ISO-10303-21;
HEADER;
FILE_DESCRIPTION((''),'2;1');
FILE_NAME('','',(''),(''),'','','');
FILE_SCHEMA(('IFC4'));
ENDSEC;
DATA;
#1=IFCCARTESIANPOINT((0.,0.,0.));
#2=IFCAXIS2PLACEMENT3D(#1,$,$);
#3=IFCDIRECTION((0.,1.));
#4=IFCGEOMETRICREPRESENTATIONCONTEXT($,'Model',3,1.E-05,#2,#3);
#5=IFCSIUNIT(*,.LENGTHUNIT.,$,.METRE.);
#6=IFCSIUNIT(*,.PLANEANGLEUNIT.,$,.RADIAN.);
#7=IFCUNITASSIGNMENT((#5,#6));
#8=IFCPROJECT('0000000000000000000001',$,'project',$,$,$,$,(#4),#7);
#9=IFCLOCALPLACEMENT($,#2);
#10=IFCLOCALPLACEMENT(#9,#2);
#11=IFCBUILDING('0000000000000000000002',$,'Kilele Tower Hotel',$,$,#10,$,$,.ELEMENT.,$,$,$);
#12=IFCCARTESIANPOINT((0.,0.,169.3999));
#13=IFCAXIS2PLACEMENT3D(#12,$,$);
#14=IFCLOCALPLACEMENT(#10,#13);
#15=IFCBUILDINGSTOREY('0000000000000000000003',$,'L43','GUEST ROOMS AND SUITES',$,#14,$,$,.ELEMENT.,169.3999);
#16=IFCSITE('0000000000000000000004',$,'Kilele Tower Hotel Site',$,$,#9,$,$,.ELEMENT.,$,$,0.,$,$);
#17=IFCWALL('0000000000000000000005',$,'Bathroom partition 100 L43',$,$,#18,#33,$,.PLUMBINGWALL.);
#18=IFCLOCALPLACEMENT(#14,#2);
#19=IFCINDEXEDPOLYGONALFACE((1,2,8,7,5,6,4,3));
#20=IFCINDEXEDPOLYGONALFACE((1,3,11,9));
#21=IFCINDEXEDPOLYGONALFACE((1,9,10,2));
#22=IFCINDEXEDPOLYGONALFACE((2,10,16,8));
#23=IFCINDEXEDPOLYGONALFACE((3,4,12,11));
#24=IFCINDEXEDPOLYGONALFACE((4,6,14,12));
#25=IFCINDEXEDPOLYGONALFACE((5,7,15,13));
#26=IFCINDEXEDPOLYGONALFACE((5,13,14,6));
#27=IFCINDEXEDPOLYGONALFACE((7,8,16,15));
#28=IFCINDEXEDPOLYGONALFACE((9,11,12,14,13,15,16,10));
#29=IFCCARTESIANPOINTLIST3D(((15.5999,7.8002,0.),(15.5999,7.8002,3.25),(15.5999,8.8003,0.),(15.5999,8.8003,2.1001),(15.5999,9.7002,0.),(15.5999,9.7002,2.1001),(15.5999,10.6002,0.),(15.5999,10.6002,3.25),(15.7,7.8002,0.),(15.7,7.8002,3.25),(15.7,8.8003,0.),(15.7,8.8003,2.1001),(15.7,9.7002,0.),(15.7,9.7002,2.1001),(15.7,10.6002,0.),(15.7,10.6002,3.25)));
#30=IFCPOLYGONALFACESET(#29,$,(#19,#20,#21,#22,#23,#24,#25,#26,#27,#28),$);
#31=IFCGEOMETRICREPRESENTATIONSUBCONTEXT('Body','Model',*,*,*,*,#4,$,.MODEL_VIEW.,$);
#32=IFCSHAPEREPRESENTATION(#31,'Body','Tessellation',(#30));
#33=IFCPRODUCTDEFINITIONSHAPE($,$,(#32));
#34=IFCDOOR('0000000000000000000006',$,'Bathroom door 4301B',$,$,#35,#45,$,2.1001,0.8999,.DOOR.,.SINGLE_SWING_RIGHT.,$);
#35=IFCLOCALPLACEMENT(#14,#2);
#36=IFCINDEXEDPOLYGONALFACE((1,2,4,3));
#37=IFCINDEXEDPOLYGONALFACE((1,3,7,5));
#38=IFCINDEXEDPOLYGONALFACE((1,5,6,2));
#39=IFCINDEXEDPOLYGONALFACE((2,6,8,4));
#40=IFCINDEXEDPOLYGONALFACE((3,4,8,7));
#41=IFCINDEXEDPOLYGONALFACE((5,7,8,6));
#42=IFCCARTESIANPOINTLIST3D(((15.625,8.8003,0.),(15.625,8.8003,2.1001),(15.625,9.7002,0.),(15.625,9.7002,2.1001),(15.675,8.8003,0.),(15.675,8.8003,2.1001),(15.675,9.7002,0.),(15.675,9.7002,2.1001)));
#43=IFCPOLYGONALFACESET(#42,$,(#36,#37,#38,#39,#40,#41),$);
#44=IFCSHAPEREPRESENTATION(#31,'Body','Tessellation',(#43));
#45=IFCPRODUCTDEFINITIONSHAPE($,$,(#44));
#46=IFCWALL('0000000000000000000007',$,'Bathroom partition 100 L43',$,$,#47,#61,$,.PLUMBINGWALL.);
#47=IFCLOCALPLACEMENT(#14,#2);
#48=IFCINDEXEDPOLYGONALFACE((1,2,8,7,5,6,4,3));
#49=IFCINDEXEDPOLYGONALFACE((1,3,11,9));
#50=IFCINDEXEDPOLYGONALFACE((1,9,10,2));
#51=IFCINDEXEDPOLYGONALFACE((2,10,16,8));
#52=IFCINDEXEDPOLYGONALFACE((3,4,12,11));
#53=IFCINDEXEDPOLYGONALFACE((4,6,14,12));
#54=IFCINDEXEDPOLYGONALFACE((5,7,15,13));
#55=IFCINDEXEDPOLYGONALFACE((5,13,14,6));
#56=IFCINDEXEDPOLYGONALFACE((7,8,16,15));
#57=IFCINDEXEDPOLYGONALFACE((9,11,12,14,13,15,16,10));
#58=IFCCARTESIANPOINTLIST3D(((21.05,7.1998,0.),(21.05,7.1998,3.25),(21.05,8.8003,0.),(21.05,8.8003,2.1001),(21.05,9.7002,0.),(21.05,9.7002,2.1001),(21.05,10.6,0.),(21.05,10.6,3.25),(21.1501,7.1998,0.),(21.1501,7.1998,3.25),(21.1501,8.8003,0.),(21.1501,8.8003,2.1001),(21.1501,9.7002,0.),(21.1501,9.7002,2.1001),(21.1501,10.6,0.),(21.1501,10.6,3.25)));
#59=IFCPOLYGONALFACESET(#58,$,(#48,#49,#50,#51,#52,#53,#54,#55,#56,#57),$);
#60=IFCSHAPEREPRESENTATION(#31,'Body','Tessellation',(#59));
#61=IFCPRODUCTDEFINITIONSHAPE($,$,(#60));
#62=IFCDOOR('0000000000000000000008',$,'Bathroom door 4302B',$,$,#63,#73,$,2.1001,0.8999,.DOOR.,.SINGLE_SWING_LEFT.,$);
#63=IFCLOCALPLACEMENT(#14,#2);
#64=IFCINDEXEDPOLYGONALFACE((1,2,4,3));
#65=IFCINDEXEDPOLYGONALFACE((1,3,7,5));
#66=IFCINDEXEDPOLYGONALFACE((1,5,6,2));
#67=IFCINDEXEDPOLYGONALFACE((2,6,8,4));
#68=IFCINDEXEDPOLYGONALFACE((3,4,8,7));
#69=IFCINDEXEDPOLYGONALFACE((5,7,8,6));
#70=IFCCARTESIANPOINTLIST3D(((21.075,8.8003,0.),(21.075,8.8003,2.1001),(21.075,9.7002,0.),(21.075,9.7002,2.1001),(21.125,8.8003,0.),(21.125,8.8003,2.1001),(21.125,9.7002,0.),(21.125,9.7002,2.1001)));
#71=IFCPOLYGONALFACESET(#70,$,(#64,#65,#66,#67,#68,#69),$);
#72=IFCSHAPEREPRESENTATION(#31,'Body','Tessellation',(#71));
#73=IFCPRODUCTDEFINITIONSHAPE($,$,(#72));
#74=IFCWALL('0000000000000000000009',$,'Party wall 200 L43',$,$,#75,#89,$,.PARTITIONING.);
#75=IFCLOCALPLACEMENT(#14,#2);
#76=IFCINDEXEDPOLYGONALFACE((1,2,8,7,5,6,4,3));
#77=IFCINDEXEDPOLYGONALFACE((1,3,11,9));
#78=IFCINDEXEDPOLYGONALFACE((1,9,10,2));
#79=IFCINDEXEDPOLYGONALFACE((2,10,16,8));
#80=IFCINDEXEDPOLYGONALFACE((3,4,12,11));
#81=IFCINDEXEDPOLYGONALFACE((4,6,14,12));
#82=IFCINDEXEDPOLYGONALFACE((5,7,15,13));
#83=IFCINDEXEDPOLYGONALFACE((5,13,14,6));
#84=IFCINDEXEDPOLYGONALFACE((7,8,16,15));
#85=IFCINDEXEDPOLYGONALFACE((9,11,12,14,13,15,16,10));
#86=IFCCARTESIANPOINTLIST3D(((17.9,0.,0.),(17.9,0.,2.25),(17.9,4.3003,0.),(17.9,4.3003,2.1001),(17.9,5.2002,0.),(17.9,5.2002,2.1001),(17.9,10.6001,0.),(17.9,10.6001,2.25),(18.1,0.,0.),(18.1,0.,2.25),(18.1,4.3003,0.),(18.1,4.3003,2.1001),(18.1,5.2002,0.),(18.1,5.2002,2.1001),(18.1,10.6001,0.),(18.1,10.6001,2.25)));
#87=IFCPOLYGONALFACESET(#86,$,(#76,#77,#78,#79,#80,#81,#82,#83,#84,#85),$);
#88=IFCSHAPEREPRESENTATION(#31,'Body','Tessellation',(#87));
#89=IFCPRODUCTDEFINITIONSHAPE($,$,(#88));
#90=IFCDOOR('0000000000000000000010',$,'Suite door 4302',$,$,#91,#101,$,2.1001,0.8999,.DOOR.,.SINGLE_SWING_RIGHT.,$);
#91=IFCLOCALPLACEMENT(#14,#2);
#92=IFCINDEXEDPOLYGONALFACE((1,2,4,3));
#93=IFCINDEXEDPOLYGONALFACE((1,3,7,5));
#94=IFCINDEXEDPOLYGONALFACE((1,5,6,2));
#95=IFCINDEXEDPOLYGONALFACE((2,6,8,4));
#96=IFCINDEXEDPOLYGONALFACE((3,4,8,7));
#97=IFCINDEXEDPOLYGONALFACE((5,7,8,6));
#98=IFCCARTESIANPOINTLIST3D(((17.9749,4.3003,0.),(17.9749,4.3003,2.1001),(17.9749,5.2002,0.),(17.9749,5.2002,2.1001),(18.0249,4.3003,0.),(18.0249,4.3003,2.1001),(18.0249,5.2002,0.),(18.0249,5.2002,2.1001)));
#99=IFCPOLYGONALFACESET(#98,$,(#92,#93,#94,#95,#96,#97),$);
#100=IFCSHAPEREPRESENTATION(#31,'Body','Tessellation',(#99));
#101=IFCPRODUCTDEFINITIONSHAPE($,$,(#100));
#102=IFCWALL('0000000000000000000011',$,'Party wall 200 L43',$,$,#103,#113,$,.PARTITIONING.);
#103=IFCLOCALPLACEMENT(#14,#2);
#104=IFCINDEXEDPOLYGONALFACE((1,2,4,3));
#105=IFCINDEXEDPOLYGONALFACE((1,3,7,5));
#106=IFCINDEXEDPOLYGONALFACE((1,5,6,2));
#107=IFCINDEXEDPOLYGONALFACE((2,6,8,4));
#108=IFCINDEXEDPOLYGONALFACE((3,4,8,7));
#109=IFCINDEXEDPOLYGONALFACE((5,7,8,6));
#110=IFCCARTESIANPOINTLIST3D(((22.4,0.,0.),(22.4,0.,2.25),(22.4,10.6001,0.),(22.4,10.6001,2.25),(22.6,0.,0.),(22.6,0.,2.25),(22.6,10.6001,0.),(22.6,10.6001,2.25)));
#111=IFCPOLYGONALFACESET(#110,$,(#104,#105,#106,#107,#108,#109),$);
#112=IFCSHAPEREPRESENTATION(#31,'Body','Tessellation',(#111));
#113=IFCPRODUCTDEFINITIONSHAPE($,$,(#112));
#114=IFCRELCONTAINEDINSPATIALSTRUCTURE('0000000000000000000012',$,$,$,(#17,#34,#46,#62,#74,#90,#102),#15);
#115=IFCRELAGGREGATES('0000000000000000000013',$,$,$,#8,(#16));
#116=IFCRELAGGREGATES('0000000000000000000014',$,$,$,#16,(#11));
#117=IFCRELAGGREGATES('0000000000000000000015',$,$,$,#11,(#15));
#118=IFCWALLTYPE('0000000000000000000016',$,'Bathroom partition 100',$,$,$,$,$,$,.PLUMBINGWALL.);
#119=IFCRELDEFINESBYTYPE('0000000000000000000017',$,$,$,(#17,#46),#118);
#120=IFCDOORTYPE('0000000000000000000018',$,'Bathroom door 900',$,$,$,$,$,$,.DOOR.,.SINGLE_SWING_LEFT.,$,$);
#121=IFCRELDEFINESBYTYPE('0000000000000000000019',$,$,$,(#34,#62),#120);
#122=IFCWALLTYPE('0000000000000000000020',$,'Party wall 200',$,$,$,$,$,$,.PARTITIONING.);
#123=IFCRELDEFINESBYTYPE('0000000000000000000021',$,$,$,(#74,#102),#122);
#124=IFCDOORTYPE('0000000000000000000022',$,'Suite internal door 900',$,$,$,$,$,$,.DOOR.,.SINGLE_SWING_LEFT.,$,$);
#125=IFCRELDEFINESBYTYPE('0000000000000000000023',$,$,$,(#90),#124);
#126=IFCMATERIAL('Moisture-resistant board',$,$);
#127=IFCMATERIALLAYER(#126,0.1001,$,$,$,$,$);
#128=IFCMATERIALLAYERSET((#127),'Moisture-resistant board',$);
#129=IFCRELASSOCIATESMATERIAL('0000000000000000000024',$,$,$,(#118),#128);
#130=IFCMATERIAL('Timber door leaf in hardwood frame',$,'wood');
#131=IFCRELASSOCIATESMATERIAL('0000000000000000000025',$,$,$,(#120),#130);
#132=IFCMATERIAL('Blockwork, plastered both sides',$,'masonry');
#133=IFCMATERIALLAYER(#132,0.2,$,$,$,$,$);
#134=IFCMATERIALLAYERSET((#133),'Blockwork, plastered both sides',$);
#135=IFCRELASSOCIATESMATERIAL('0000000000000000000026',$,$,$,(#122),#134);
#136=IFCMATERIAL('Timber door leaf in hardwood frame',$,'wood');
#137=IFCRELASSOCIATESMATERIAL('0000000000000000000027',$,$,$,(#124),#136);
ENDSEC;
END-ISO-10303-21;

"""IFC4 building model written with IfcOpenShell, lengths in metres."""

from ifc_helpers import new_model, si_unit, direction, frame, frame_2d, origin, place, context, subcontext, project, spatial, rectangle, extrude, material, layer, layer_set, type_object, element, fill, save


model = new_model("IFC4")

# Units and contexts
model_context = context("Model", 3, precision=1e-05, world=origin(), true_north=direction((0.0, 1.0)))
body_context = subcontext(model_context, "Body", "Model", "MODEL_VIEW")
ifc_project = project(units=[si_unit("LENGTHUNIT", "METRE"), si_unit("PLANEANGLEUNIT", "RADIAN")], contexts=[model_context])

# Site, building, storey
site_placement = place(None, origin())
site = spatial("IfcSite", under=ifc_project, at=site_placement, Name="Kilele Tower Hotel Site", CompositionType="ELEMENT", RefElevation=0.0)
building_placement = place(site_placement, origin())
building = spatial("IfcBuilding", under=site, at=building_placement, Name="Kilele Tower Hotel", CompositionType="ELEMENT")
storey_placement = place(building_placement, frame((0.0, 0.0, 169.3999)))
storey = spatial("IfcBuildingStorey", under=building, at=storey_placement, Name="L43", Description="GUEST ROOMS AND SUITES", CompositionType="ELEMENT", Elevation=169.3999)

# Walls, openings, doors
ifc_material_1 = material(Name="Moisture-resistant board")
ifc_layer_1 = layer(ifc_material_1, 0.1001)
ifc_layer_set_1 = layer_set([ifc_layer_1], Name="Moisture-resistant board")
wall_type_1 = type_object("IfcWallType", Name="Bathroom partition 100", PredefinedType="PLUMBINGWALL", material=ifc_layer_set_1)
wall_1_placement = place(storey_placement, frame((15.6499, 10.6001, 0.0), z_axis=(0.0, 0.0, 1.0), x_axis=(0.0, -1.0, 0.0)))
wall_1 = element("IfcWall", 1, at=wall_1_placement, inside=storey, type_object=wall_type_1, Name="Bathroom partition 100 L43", PredefinedType="PLUMBINGWALL", context=body_context, shape_type="SweptSolid", body=[
    extrude(rectangle(XDim=2.8, YDim=0.1001, at=frame_2d((1.3999, 0.0))), origin(), (0.0, 0.0, 1.0), 3.25),
])
opening_1_placement = place(wall_1_placement, frame((1.7998, 0.0, 0.0), z_axis=(0.0, 0.0, 1.0), x_axis=(-1.0, 0.0, 0.0)))
opening_1 = element("IfcOpeningElement", 2, at=opening_1_placement, cuts=wall_1, PredefinedType="OPENING", context=body_context, shape_type="SweptSolid", body=[
    extrude(rectangle(XDim=0.8999, YDim=2.1001, at=frame_2d((0.45, 1.05))), frame((0.0, 0.0601, 0.0), z_axis=(0.0, -1.0, 0.0), x_axis=(1.0, 0.0, 0.0)), (0.0, 0.0, 1.0), 0.1201),
])
ifc_material_2 = material(Name="Timber door leaf in hardwood frame", Category="wood")
door_type_1 = type_object("IfcDoorType", Name="Bathroom door 900", OperationType="SINGLE_SWING_LEFT", PredefinedType="DOOR", material=ifc_material_2)
door_1_placement = place(opening_1_placement, origin())
door_1 = element("IfcDoor", 3, at=door_1_placement, inside=storey, type_object=door_type_1, Name="Bathroom door 4301B", OperationType="SINGLE_SWING_RIGHT", OverallHeight=2.1001, OverallWidth=0.8999, PredefinedType="DOOR", context=body_context, shape_type="SweptSolid", body=[
    extrude(rectangle(XDim=0.8999, YDim=2.1001, at=frame_2d((0.45, 1.05))), frame((0.0, 0.0249, 0.0), z_axis=(0.0, -1.0, 0.0), x_axis=(1.0, 0.0, 0.0)), (0.0, 0.0, 1.0), 0.05),
])
fill(opening_1, door_1)
wall_2_placement = place(storey_placement, frame((21.1001, 10.6001, 0.0), z_axis=(0.0, 0.0, 1.0), x_axis=(0.0, -1.0, 0.0)))
wall_2 = element("IfcWall", 4, at=wall_2_placement, inside=storey, type_object=wall_type_1, Name="Bathroom partition 100 L43", PredefinedType="PLUMBINGWALL", context=body_context, shape_type="SweptSolid", body=[
    extrude(rectangle(XDim=3.4001, YDim=0.1001, at=frame_2d((1.7002, 0.0))), origin(), (0.0, 0.0, 1.0), 3.25),
])
opening_2_placement = place(wall_2_placement, frame((0.8999, 0.0, 0.0)))
opening_2 = element("IfcOpeningElement", 5, at=opening_2_placement, cuts=wall_2, PredefinedType="OPENING", context=body_context, shape_type="SweptSolid", body=[
    extrude(rectangle(XDim=0.8999, YDim=2.1001, at=frame_2d((0.45, 1.05))), frame((0.0, 0.0601, 0.0), z_axis=(0.0, -1.0, 0.0), x_axis=(1.0, 0.0, 0.0)), (0.0, 0.0, 1.0), 0.1201),
])
door_2_placement = place(opening_2_placement, origin())
door_2 = element("IfcDoor", 6, at=door_2_placement, inside=storey, type_object=door_type_1, Name="Bathroom door 4302B", OperationType="SINGLE_SWING_LEFT", OverallHeight=2.1001, OverallWidth=0.8999, PredefinedType="DOOR", context=body_context, shape_type="SweptSolid", body=[
    extrude(rectangle(XDim=0.8999, YDim=2.1001, at=frame_2d((0.45, 1.05))), frame((0.0, 0.0249, 0.0), z_axis=(0.0, -1.0, 0.0), x_axis=(1.0, 0.0, 0.0)), (0.0, 0.0, 1.0), 0.05),
])
fill(opening_2, door_2)
ifc_material_3 = material(Name="Blockwork, plastered both sides", Category="masonry")
ifc_layer_2 = layer(ifc_material_3, 0.2)
ifc_layer_set_2 = layer_set([ifc_layer_2], Name="Blockwork, plastered both sides")
wall_type_2 = type_object("IfcWallType", Name="Party wall 200", PredefinedType="PARTITIONING", material=ifc_layer_set_2)
wall_3_placement = place(storey_placement, frame((18.0, 10.6001, 0.0), z_axis=(0.0, 0.0, 1.0), x_axis=(0.0, -1.0, 0.0)))
wall_3 = element("IfcWall", 7, at=wall_3_placement, inside=storey, type_object=wall_type_2, Name="Party wall 200 L43", PredefinedType="PARTITIONING", context=body_context, shape_type="SweptSolid", body=[
    extrude(rectangle(XDim=10.6001, YDim=0.2, at=frame_2d((5.3, 0.0))), origin(), (0.0, 0.0, 1.0), 2.25),
])
opening_3_placement = place(wall_3_placement, frame((5.3999, 0.0, 0.0)))
opening_3 = element("IfcOpeningElement", 8, at=opening_3_placement, cuts=wall_3, PredefinedType="OPENING", context=body_context, shape_type="SweptSolid", body=[
    extrude(rectangle(XDim=0.8999, YDim=2.1001, at=frame_2d((0.45, 1.05))), frame((0.0, 0.1099, 0.0), z_axis=(0.0, -1.0, 0.0), x_axis=(1.0, 0.0, 0.0)), (0.0, 0.0, 1.0), 0.22),
])
ifc_material_4 = material(Name="Timber door leaf in hardwood frame", Category="wood")
door_type_2 = type_object("IfcDoorType", Name="Suite internal door 900", OperationType="SINGLE_SWING_LEFT", PredefinedType="DOOR", material=ifc_material_4)
door_3_placement = place(opening_3_placement, origin())
door_3 = element("IfcDoor", 9, at=door_3_placement, inside=storey, type_object=door_type_2, Name="Suite door 4302", OperationType="SINGLE_SWING_RIGHT", OverallHeight=2.1001, OverallWidth=0.8999, PredefinedType="DOOR", context=body_context, shape_type="SweptSolid", body=[
    extrude(rectangle(XDim=0.8999, YDim=2.1001, at=frame_2d((0.45, 1.05))), frame((0.0, 0.0249, 0.0), z_axis=(0.0, -1.0, 0.0), x_axis=(1.0, 0.0, 0.0)), (0.0, 0.0, 1.0), 0.05),
])
fill(opening_3, door_3)

# Wall
wall_4_placement = place(storey_placement, frame((22.5, 10.6001, 0.0), z_axis=(0.0, 0.0, 1.0), x_axis=(0.0, -1.0, 0.0)))
element("IfcWall", 10, at=wall_4_placement, inside=storey, type_object=wall_type_2, Name="Party wall 200 L43", PredefinedType="PARTITIONING", context=body_context, shape_type="SweptSolid", body=[
    extrude(rectangle(XDim=10.6001, YDim=0.2, at=frame_2d((5.3, 0.0))), origin(), (0.0, 0.0, 1.0), 2.25),
])

save(model, "model.ifc")
